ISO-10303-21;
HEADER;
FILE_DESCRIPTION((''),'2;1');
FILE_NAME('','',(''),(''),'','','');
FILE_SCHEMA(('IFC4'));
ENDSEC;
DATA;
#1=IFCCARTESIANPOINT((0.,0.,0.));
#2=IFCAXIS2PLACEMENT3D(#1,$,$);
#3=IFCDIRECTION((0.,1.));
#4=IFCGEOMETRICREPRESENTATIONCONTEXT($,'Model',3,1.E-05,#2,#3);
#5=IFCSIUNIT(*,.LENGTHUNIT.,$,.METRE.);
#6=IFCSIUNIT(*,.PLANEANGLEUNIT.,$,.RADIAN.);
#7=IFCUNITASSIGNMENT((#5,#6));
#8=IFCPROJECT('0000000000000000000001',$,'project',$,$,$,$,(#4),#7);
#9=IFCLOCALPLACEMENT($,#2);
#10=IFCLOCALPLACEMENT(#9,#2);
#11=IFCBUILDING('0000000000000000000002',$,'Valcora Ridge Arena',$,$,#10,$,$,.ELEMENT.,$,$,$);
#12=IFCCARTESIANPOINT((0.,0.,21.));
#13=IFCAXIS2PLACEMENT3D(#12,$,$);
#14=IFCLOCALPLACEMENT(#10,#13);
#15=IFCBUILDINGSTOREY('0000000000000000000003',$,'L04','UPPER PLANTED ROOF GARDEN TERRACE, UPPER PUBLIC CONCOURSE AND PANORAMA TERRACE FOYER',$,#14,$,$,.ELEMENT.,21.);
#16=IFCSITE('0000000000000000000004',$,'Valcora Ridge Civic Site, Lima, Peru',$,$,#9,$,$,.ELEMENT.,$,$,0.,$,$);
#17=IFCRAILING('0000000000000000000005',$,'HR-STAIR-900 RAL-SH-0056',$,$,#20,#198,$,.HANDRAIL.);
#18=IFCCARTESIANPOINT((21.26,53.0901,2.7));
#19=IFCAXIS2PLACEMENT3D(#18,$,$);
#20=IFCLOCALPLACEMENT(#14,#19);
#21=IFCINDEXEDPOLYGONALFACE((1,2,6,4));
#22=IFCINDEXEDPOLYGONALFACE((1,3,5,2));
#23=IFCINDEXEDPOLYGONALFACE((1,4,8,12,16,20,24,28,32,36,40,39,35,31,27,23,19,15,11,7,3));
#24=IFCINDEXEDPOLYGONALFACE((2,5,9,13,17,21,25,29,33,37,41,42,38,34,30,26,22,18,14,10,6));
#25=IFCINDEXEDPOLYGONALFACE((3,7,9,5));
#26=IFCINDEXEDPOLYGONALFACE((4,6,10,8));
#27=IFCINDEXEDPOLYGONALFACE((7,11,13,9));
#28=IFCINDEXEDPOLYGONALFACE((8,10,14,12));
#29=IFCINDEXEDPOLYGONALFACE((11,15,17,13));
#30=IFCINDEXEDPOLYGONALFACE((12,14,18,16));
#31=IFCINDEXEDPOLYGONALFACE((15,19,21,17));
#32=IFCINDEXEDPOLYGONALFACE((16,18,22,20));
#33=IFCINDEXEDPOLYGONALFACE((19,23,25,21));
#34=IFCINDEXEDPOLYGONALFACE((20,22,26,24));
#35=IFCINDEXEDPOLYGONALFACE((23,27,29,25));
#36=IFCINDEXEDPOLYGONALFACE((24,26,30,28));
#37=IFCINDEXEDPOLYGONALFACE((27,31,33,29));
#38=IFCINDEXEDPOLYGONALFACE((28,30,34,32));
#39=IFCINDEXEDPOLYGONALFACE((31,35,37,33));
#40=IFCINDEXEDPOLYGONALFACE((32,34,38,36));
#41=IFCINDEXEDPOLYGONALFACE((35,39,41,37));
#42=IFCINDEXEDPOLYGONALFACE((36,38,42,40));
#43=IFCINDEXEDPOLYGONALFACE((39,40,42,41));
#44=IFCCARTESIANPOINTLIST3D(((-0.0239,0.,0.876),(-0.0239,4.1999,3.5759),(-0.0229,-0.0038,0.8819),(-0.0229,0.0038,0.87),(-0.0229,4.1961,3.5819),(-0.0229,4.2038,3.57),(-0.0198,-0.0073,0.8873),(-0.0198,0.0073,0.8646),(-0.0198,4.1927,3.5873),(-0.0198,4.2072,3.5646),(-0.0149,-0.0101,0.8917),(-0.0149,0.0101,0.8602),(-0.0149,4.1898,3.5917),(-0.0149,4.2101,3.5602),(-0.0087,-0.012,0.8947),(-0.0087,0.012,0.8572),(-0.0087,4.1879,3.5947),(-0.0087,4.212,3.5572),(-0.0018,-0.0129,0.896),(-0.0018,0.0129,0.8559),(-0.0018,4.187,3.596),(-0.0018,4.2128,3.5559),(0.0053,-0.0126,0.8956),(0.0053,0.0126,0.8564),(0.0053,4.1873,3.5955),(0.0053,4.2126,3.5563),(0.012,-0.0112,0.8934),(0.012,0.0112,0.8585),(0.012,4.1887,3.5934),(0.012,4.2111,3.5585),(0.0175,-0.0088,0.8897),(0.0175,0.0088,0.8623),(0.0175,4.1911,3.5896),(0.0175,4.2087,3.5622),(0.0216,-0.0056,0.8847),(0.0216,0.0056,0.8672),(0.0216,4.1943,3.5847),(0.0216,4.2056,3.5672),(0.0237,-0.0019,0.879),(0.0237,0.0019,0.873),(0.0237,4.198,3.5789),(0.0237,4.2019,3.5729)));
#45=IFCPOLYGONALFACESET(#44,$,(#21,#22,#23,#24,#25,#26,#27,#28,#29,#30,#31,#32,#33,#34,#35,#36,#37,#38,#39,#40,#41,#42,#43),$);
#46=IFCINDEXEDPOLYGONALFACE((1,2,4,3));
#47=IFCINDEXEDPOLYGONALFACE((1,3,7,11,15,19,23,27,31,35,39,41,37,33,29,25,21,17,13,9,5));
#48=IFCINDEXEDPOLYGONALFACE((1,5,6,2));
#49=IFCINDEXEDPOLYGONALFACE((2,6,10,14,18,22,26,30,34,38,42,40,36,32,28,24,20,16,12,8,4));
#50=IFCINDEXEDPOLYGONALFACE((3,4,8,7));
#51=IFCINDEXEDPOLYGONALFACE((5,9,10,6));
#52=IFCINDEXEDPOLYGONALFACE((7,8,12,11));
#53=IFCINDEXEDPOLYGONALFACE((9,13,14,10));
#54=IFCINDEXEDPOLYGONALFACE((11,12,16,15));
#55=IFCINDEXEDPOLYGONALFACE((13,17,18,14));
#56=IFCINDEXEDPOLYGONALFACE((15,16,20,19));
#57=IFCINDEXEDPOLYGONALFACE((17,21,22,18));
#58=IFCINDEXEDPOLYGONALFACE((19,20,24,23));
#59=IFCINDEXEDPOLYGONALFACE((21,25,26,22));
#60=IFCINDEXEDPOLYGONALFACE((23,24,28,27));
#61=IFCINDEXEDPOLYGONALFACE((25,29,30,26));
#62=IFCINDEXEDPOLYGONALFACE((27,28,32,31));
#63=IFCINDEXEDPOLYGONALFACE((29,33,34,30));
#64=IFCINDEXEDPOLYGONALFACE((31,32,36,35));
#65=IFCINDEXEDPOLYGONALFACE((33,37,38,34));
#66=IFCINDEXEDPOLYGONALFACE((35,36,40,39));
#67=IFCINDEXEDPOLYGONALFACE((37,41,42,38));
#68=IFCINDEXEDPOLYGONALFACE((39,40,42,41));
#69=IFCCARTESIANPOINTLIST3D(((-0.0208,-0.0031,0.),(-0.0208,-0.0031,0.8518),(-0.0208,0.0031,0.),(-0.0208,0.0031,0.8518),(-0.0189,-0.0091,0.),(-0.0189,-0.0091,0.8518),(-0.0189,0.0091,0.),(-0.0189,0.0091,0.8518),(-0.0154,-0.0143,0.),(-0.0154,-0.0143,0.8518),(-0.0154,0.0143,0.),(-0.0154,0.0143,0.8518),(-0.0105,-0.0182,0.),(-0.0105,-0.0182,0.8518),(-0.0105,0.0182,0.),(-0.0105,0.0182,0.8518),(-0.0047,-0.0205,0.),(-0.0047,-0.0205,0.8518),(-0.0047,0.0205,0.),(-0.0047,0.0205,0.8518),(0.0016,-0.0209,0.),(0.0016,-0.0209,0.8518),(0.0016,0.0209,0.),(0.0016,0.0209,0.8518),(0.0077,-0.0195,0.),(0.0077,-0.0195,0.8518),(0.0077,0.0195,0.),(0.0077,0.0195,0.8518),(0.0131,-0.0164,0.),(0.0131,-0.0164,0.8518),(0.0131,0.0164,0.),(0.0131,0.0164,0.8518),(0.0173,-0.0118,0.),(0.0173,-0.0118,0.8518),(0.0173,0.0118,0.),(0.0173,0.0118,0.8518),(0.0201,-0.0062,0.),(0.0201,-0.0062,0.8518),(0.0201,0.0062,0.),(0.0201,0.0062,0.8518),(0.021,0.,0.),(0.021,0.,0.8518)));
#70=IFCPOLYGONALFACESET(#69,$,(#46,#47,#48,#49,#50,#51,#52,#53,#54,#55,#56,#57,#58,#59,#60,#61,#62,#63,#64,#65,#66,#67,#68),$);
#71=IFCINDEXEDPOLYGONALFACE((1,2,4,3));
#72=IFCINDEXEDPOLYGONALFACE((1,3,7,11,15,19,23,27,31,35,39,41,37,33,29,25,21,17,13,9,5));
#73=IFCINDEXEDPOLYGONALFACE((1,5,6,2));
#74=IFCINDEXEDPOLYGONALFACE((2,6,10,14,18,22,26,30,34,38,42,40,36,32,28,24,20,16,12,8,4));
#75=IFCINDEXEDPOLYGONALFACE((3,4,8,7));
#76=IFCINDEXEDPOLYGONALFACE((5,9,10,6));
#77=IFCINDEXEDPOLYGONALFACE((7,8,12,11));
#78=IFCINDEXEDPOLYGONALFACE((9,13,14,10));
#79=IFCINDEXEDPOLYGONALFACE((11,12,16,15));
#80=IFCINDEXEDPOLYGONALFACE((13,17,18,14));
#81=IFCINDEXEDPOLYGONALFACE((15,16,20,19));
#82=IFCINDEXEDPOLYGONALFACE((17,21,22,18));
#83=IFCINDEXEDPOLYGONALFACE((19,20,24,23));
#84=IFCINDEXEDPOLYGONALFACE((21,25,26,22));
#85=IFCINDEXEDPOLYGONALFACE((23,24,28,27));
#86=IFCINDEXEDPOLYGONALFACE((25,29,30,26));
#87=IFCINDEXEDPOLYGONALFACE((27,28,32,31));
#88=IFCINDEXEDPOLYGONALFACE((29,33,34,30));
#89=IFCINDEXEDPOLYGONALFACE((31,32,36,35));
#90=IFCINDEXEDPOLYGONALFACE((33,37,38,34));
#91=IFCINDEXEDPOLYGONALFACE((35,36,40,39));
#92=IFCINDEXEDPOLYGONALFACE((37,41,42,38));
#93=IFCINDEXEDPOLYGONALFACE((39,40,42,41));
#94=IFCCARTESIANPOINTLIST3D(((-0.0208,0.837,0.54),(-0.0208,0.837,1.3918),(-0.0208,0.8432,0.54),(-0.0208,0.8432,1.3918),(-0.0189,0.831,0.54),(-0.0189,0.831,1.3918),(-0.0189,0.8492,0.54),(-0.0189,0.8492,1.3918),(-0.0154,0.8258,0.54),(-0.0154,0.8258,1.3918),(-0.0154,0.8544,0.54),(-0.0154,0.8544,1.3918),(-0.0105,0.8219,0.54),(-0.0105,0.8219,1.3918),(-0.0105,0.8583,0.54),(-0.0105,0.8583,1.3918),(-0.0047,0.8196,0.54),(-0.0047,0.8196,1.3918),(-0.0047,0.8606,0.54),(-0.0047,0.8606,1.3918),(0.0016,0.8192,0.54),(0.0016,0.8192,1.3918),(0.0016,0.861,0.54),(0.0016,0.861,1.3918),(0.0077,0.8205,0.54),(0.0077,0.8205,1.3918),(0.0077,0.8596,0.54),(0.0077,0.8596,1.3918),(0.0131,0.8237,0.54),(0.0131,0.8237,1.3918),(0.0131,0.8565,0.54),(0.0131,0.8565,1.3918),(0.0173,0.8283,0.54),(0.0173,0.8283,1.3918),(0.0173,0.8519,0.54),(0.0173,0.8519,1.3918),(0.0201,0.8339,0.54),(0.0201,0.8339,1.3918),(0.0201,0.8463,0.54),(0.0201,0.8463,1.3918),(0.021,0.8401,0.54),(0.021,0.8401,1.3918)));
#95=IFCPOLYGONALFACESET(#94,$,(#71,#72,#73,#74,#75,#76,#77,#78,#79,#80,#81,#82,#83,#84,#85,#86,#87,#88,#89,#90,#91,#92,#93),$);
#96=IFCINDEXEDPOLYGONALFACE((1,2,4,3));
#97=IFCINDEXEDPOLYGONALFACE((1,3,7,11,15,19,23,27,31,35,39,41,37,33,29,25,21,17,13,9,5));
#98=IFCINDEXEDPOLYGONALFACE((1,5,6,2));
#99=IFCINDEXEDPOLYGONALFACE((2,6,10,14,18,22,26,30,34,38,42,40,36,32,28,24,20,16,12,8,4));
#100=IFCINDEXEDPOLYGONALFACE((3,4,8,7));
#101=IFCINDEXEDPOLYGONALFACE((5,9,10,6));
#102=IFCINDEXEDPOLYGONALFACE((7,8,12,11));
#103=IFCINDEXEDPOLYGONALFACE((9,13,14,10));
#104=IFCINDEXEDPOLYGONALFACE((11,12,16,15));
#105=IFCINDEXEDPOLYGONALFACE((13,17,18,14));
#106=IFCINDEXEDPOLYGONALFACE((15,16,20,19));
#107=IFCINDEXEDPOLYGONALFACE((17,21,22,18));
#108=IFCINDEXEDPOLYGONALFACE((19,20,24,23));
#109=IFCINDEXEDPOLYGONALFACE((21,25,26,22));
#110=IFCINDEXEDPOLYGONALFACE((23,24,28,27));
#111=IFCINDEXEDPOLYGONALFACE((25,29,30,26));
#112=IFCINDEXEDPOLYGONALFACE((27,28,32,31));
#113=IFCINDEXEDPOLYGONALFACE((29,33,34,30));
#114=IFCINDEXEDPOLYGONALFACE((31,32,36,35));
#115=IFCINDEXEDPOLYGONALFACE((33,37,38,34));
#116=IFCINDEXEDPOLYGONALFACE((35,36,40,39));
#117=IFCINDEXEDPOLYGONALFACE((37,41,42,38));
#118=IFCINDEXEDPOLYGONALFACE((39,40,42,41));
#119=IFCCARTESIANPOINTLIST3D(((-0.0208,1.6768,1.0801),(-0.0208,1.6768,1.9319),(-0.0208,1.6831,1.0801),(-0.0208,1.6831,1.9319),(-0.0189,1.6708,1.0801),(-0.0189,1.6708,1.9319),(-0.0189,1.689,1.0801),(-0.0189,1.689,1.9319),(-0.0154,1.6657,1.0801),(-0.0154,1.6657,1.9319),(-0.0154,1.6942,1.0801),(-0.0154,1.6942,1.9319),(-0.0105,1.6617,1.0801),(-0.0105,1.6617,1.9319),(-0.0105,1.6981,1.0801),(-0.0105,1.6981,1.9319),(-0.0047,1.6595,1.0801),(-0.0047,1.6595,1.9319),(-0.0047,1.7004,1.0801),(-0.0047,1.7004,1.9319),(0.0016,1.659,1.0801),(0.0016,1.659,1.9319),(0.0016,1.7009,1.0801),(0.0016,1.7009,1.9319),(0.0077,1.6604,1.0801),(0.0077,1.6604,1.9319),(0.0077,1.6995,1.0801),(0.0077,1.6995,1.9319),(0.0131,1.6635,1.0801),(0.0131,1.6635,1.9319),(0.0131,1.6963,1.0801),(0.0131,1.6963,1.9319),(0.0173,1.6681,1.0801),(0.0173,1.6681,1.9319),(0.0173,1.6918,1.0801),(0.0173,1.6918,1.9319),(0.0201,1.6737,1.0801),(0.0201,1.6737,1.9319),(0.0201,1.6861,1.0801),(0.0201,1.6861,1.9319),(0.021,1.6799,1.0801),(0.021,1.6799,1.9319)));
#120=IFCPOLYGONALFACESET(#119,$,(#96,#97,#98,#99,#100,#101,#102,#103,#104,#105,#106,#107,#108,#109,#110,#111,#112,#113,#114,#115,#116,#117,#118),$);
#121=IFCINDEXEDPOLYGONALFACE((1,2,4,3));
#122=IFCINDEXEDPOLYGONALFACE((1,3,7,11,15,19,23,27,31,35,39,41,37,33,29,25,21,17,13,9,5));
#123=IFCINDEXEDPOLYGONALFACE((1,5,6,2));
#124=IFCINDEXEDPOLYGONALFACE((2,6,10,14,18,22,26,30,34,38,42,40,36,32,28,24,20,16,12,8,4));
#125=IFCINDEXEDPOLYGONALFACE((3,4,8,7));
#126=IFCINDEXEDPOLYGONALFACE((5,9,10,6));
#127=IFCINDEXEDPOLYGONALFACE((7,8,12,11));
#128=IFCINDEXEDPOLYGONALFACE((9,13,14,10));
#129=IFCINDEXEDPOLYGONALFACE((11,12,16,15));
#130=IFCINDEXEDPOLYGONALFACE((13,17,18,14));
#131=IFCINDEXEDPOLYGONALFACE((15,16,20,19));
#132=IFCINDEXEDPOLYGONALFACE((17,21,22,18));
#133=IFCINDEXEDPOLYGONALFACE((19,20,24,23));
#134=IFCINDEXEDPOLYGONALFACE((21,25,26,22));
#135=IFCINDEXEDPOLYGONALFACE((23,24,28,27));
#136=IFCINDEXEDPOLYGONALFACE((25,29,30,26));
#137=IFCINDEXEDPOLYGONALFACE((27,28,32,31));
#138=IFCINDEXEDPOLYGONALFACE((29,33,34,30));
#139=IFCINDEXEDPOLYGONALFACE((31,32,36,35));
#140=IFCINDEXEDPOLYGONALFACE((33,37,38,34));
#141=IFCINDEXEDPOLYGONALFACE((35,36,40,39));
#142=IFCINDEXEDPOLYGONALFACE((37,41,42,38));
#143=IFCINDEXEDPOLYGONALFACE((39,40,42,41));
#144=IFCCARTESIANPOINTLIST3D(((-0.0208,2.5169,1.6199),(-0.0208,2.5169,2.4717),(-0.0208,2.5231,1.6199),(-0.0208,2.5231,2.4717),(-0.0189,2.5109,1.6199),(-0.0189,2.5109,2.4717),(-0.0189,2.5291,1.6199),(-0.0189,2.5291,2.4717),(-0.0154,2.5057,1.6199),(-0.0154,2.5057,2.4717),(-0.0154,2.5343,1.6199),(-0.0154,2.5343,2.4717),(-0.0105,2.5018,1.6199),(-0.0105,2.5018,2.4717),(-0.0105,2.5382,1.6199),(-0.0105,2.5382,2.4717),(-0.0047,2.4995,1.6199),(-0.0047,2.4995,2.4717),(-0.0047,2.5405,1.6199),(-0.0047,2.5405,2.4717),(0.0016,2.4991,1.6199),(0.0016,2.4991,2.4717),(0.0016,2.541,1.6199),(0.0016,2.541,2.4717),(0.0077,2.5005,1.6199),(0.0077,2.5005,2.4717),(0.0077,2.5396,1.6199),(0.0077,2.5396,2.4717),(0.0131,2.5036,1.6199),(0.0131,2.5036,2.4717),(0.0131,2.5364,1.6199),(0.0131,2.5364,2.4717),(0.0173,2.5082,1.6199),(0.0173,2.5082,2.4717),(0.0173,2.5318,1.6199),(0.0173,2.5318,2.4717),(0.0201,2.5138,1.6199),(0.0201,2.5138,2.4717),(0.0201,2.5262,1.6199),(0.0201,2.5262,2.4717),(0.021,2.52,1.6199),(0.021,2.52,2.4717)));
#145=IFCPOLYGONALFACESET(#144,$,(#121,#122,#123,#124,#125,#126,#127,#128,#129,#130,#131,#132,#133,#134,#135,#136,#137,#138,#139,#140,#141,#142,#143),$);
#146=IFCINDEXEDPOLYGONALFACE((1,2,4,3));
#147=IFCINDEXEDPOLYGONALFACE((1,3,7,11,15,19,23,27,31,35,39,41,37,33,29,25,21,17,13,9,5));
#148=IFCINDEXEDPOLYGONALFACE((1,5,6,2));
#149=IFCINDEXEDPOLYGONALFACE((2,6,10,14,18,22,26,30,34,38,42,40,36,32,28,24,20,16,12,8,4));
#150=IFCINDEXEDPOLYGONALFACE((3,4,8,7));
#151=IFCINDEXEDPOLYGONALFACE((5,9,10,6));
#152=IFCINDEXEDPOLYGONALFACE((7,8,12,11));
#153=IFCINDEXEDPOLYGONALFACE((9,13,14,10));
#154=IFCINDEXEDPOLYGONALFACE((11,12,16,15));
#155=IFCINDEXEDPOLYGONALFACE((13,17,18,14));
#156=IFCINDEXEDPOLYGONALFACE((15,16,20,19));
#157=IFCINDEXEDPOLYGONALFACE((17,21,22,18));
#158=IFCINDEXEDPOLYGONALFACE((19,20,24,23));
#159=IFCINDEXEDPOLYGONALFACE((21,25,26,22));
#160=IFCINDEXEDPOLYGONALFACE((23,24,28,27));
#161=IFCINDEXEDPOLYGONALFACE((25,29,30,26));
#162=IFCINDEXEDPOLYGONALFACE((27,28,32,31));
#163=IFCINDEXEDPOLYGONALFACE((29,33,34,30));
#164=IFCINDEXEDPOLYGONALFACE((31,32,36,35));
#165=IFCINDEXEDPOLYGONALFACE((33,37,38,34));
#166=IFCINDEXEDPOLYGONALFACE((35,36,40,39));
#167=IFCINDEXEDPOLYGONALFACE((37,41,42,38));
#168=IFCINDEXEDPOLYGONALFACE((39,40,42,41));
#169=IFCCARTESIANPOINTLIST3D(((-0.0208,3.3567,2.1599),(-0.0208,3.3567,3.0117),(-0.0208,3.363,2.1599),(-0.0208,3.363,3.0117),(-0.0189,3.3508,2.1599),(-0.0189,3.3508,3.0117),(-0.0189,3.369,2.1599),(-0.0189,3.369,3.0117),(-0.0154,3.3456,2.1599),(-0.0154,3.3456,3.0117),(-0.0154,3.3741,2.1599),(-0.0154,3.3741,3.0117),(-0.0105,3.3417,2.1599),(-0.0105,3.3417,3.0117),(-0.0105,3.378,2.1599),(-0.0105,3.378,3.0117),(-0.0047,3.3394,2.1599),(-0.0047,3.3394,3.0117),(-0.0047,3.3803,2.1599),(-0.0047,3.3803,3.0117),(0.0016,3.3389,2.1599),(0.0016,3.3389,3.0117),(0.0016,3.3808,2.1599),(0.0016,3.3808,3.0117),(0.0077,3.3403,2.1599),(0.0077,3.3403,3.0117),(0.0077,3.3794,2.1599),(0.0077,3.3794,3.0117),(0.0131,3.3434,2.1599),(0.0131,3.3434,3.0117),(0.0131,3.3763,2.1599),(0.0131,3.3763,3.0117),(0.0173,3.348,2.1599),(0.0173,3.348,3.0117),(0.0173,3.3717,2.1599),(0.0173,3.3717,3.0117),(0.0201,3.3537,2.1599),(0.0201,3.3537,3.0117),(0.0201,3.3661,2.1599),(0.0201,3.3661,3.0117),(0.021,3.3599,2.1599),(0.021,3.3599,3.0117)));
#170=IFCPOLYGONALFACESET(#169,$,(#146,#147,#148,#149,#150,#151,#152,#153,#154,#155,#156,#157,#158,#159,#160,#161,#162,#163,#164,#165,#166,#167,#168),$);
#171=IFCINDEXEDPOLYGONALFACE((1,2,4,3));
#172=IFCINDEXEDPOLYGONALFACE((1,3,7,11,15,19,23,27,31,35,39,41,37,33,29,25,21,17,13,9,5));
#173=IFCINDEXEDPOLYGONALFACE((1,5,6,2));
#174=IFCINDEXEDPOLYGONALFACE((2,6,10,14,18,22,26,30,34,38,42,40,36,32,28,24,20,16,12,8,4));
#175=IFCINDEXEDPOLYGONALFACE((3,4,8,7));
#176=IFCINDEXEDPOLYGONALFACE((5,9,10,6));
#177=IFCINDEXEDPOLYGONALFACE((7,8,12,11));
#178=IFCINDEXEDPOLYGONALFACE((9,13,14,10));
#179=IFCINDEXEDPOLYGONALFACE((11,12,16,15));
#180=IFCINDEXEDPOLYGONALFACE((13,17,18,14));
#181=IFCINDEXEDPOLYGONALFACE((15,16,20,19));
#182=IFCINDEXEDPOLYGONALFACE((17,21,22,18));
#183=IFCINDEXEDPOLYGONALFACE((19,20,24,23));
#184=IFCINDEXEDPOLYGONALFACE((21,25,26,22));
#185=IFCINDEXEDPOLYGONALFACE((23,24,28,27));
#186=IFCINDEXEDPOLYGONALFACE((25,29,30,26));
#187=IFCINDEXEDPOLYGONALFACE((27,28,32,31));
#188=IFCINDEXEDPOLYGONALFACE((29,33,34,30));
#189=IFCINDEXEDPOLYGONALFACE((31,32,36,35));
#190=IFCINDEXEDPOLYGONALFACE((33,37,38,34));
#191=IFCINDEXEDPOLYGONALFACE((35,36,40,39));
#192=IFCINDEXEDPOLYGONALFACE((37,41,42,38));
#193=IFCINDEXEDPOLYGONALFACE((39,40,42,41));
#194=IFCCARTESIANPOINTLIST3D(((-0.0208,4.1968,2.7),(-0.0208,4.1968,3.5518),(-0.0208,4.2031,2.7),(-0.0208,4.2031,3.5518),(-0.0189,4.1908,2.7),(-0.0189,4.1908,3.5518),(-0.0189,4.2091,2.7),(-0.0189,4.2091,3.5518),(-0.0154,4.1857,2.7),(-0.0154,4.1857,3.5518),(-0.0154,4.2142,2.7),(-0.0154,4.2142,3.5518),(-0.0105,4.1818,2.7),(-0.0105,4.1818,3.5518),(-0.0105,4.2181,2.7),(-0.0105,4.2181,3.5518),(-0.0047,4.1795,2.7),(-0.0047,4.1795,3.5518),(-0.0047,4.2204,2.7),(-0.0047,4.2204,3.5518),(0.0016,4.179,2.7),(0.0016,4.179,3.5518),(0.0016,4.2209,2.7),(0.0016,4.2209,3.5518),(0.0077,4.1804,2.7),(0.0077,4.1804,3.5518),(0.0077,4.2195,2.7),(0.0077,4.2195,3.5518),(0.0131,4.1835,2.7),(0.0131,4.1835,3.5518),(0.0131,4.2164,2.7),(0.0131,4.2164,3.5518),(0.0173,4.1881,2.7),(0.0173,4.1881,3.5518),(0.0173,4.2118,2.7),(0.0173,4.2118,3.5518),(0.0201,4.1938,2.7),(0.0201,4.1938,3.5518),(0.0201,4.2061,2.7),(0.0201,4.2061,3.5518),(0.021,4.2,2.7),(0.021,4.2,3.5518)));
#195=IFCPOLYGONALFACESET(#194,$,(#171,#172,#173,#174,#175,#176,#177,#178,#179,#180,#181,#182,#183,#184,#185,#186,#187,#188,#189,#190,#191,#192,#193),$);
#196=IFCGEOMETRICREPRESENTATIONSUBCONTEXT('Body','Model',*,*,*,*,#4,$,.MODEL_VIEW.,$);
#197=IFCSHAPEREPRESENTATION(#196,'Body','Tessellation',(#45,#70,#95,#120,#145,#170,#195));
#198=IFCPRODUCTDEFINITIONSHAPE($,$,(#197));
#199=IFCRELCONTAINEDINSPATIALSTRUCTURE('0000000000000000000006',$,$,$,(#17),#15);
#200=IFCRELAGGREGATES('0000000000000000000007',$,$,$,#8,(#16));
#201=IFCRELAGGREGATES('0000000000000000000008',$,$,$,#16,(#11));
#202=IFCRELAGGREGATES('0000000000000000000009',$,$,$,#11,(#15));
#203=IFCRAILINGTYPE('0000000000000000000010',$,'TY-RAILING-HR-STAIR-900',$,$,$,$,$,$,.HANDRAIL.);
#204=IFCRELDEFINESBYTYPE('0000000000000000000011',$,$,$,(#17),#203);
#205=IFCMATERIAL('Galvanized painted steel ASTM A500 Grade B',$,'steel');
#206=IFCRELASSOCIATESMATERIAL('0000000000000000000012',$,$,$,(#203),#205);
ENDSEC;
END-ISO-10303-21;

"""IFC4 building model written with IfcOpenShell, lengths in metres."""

from ifc_helpers import new_model, si_unit, direction, frame, origin, origin_2d, place, context, subcontext, project, spatial, circle, extrude, material, type_object, element, save


model = new_model("IFC4")

# Units and contexts
model_context = context("Model", 3, precision=1e-05, world=origin(), true_north=direction((0.0, 1.0)))
body_context = subcontext(model_context, "Body", "Model", "MODEL_VIEW")
ifc_project = project(units=[si_unit("LENGTHUNIT", "METRE"), si_unit("PLANEANGLEUNIT", "RADIAN")], contexts=[model_context])

# Site, building, storey
site_placement = place(None, origin())
site = spatial("IfcSite", under=ifc_project, at=site_placement, Name="Valcora Ridge Civic Site, Lima, Peru", CompositionType="ELEMENT", RefElevation=0.0)
building_placement = place(site_placement, origin())
building = spatial("IfcBuilding", under=site, at=building_placement, Name="Valcora Ridge Arena", CompositionType="ELEMENT")
storey_placement = place(building_placement, frame((0.0, 0.0, 21.0)))
storey = spatial("IfcBuildingStorey", under=building, at=storey_placement, Name="L04", Description="UPPER PLANTED ROOF GARDEN TERRACE, UPPER PUBLIC CONCOURSE AND PANORAMA TERRACE FOYER", CompositionType="ELEMENT", Elevation=21.0)

# Railing
ifc_material_1 = material(Name="Galvanized painted steel ASTM A500 Grade B", Category="steel")
railing_type_1 = type_object("IfcRailingType", Name="TY-RAILING-HR-STAIR-900", PredefinedType="HANDRAIL", material=ifc_material_1)
railing_1_placement = place(storey_placement, frame((21.26, 53.0901, 2.7)))
element("IfcRailing", 1, at=railing_1_placement, inside=storey, type_object=railing_type_1, Name="HR-STAIR-900 RAL-SH-0056", PredefinedType="HANDRAIL", context=body_context, shape_type="SweptSolid", body=[
    extrude(circle(Radius=0.0239, at=origin_2d()), frame((0.0, 0.0, 0.876), z_axis=(0.0, 0.84118, 0.540755), x_axis=(-1.0, 0.0, 0.0)), (0.0, 0.0, 1.0), 4.9929),
    extrude(circle(Radius=0.021, at=origin_2d()), origin(), (0.0, 0.0, 1.0), 0.8518),
    extrude(circle(Radius=0.021, at=origin_2d()), frame((0.0, 0.8401, 0.54)), (0.0, 0.0, 1.0), 0.8518),
    extrude(circle(Radius=0.021, at=origin_2d()), frame((0.0, 1.6799, 1.0801)), (0.0, 0.0, 1.0), 0.8518),
    extrude(circle(Radius=0.021, at=origin_2d()), frame((0.0, 2.52, 1.6199)), (0.0, 0.0, 1.0), 0.8518),
    extrude(circle(Radius=0.021, at=origin_2d()), frame((0.0, 3.3599, 2.1599)), (0.0, 0.0, 1.0), 0.8518),
    extrude(circle(Radius=0.021, at=origin_2d()), frame((0.0, 4.2, 2.7)), (0.0, 0.0, 1.0), 0.8518),
])

save(model, "model.ifc")
